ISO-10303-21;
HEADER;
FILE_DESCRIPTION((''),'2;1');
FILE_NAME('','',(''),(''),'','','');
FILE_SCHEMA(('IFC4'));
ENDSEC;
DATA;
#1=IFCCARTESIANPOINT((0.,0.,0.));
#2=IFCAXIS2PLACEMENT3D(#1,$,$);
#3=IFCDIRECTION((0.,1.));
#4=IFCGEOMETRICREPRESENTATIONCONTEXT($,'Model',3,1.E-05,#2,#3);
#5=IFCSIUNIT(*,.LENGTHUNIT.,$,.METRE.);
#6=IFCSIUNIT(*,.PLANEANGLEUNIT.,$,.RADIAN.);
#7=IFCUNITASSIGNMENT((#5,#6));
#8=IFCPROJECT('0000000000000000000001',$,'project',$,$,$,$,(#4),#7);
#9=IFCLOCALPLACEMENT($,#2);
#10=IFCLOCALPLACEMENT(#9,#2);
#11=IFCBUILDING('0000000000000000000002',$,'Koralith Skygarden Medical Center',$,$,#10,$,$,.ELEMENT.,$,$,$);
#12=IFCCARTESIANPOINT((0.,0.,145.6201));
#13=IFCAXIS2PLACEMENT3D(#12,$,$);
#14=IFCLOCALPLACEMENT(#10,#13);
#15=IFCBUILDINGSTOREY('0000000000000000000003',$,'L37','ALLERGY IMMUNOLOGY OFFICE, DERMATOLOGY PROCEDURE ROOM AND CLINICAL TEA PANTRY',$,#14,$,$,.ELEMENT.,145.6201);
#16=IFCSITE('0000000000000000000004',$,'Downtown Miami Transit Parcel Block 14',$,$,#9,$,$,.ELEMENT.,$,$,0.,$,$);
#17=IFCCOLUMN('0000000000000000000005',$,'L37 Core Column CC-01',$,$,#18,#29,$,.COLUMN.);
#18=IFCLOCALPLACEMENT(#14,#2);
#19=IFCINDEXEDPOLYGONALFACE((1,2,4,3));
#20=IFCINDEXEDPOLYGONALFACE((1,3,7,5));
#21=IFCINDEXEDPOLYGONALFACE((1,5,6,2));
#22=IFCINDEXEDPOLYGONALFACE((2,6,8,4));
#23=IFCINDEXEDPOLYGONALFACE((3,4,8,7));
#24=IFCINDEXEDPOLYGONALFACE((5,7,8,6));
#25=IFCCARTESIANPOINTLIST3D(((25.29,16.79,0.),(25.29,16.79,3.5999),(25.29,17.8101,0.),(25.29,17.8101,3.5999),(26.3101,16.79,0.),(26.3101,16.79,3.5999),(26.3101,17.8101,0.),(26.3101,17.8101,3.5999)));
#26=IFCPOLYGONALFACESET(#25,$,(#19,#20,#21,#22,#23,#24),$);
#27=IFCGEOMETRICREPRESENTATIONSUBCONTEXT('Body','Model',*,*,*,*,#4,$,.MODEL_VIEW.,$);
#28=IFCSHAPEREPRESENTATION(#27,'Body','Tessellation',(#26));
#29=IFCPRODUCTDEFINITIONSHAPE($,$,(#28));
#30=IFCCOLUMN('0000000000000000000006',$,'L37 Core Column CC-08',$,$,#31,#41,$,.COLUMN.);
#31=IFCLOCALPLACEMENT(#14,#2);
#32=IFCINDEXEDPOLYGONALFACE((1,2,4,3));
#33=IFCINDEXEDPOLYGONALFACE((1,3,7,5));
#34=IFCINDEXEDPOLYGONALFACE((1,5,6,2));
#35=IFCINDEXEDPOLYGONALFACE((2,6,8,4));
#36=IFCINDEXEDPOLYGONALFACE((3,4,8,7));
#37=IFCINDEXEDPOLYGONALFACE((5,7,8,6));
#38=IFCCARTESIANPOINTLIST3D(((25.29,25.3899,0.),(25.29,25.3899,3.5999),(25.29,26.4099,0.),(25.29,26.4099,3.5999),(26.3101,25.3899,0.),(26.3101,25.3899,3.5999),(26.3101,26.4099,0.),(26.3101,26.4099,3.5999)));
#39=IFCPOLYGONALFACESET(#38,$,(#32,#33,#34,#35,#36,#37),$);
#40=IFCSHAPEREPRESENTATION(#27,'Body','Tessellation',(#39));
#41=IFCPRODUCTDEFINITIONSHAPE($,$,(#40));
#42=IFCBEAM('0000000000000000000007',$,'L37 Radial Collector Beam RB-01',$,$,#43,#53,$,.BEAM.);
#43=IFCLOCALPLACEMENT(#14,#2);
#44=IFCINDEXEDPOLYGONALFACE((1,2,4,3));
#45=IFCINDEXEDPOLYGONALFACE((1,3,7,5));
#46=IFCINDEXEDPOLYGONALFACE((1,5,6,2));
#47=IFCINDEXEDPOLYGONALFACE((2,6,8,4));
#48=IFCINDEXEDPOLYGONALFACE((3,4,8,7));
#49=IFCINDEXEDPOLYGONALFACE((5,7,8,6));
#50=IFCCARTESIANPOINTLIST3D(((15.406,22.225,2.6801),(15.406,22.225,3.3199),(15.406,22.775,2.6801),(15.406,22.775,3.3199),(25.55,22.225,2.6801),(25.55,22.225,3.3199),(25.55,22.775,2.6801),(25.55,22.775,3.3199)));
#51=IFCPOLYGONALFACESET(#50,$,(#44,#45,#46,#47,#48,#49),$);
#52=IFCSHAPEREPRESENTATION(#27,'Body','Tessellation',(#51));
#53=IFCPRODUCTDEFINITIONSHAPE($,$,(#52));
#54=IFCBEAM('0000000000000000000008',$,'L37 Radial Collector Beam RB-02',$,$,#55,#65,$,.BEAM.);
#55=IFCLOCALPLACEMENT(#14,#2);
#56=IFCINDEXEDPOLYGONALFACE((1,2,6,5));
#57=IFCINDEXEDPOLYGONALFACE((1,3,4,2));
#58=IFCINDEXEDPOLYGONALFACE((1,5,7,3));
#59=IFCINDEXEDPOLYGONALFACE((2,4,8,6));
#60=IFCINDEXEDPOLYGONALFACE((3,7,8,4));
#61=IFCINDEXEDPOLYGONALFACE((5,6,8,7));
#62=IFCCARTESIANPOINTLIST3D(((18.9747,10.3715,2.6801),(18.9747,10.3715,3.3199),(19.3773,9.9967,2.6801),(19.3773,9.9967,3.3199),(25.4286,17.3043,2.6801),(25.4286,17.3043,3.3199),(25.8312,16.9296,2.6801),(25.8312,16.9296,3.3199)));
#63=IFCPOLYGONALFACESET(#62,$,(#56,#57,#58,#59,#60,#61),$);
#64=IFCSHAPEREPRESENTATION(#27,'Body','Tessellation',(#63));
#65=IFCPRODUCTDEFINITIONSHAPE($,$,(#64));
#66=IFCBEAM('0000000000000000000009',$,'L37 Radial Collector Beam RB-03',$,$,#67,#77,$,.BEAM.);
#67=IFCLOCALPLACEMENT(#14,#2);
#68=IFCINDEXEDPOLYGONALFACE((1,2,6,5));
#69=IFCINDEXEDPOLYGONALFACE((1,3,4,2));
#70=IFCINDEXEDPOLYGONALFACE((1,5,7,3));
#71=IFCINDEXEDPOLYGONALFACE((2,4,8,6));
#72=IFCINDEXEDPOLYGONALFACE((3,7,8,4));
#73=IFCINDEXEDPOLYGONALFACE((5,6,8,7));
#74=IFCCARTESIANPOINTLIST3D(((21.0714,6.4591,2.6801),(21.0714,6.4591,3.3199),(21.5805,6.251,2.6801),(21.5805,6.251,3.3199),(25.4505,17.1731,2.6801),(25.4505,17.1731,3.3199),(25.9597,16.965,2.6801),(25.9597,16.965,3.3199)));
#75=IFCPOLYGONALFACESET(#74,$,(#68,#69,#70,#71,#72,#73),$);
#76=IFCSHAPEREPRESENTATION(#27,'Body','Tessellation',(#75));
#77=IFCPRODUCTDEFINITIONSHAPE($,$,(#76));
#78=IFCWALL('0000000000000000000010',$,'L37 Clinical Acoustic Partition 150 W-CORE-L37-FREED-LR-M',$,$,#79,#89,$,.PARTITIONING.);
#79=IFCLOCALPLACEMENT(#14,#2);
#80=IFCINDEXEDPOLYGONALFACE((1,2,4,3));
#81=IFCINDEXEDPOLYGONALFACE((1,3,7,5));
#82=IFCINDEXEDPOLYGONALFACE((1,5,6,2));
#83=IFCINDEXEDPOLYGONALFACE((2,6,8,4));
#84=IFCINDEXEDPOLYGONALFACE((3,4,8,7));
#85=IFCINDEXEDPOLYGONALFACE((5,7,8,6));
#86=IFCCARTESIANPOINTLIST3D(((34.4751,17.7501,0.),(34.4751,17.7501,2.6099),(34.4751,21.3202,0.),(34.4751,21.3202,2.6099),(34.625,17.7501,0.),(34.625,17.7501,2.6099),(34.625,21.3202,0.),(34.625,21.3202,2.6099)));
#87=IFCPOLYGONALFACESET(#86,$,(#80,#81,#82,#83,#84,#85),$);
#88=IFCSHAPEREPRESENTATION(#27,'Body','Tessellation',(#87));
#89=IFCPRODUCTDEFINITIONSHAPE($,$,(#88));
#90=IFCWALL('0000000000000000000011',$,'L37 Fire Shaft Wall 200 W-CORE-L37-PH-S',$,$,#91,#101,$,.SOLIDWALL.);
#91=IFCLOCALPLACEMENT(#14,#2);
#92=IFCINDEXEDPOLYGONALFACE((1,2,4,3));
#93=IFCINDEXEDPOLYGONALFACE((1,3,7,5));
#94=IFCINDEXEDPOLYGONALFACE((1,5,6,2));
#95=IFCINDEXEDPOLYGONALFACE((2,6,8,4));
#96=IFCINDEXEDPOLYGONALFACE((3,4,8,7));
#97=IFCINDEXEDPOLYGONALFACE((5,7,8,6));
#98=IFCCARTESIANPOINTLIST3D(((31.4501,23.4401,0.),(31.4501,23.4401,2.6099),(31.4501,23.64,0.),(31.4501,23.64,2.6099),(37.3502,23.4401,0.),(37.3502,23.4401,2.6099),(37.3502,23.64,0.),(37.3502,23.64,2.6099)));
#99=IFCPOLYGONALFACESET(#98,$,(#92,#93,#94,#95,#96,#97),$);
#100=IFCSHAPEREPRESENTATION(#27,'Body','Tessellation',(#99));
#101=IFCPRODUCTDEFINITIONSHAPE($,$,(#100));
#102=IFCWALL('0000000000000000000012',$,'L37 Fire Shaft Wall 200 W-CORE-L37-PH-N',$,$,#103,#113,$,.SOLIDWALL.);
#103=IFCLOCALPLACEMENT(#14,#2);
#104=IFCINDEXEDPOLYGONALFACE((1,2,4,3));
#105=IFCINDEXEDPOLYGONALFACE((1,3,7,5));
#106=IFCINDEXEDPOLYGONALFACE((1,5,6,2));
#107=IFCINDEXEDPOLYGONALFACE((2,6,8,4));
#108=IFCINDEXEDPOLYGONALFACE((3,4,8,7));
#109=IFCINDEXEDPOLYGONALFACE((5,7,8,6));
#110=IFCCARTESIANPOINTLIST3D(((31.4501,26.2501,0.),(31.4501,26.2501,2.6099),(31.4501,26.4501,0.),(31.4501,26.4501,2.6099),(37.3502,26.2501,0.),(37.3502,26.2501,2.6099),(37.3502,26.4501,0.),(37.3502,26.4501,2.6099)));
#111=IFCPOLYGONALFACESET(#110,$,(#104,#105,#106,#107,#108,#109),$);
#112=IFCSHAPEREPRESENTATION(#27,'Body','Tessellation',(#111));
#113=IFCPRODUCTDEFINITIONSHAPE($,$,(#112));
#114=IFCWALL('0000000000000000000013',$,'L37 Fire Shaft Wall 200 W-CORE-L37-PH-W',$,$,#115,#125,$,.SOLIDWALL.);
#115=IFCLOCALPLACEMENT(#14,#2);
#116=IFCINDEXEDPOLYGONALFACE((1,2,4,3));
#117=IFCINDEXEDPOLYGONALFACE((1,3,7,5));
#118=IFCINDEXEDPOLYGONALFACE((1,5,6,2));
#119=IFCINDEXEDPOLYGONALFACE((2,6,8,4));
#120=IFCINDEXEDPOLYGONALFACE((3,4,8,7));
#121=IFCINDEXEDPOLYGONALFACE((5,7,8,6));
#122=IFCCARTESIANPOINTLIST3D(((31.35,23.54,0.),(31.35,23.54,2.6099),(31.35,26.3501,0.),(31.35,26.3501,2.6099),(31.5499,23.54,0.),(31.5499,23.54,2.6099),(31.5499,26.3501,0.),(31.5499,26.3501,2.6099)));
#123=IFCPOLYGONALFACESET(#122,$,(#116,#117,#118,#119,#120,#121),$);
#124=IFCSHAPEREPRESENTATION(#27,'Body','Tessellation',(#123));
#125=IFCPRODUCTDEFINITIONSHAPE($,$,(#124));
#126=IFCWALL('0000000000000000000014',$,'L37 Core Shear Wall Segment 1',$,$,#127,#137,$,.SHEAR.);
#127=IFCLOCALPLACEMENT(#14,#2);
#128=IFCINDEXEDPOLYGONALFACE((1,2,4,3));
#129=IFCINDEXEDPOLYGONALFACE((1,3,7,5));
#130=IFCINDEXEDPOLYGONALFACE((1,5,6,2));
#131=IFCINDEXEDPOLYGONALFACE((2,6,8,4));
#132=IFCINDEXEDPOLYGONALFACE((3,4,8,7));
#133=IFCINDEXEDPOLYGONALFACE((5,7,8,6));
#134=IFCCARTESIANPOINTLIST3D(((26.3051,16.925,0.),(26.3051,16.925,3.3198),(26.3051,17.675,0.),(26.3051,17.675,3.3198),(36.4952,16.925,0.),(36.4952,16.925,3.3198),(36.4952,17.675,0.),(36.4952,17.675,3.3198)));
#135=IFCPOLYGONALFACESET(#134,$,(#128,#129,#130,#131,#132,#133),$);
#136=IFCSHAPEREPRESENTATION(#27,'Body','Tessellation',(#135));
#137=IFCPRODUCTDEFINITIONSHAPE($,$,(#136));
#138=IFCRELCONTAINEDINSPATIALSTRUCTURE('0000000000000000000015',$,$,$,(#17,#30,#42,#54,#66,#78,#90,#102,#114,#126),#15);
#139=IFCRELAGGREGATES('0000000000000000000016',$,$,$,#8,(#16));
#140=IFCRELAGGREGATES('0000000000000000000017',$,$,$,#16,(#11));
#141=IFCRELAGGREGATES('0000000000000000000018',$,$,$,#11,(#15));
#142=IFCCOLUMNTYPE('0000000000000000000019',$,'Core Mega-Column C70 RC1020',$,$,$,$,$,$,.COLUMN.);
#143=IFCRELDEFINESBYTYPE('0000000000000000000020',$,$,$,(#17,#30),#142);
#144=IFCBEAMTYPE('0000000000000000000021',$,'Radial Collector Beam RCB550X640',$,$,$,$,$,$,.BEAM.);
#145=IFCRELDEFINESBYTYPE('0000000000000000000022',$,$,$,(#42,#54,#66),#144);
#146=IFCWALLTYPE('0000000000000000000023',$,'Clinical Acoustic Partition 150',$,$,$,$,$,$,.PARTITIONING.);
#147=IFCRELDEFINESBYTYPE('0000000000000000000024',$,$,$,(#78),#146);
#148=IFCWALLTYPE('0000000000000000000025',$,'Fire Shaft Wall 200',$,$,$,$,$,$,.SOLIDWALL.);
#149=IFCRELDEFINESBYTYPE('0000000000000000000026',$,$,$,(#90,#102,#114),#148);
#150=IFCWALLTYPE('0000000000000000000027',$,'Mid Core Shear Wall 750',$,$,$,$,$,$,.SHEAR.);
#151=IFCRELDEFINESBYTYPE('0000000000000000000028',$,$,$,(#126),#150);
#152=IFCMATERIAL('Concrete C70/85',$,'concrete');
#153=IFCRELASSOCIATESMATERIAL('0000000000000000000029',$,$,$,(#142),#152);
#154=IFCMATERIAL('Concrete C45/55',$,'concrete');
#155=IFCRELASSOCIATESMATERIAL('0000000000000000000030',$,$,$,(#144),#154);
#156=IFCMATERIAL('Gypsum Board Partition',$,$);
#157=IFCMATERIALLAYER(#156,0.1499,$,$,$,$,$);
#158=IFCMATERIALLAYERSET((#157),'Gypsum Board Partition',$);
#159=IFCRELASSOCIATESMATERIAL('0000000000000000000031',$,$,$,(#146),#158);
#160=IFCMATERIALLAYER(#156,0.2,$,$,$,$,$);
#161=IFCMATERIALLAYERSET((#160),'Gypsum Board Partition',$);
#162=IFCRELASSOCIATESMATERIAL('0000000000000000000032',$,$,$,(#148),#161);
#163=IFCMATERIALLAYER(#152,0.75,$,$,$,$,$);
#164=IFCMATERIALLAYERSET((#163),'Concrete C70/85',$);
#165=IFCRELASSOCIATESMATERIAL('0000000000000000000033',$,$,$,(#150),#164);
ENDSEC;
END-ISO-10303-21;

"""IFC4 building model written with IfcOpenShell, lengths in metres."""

from ifc_helpers import new_model, si_unit, direction, frame, frame_2d, origin, origin_2d, place, context, subcontext, project, spatial, rectangle, extrude, material, layer, layer_set, material_profile, profile_set, type_object, element, save


model = new_model("IFC4")

# Units and contexts
model_context = context("Model", 3, precision=1e-05, world=origin(), true_north=direction((0.0, 1.0)))
body_context = subcontext(model_context, "Body", "Model", "MODEL_VIEW")
ifc_project = project(units=[si_unit("LENGTHUNIT", "METRE"), si_unit("PLANEANGLEUNIT", "RADIAN")], contexts=[model_context])

# Site, building, storey
site_placement = place(None, origin())
site = spatial("IfcSite", under=ifc_project, at=site_placement, Name="Downtown Miami Transit Parcel Block 14", CompositionType="ELEMENT", RefElevation=0.0)
building_placement = place(site_placement, origin())
building = spatial("IfcBuilding", under=site, at=building_placement, Name="Koralith Skygarden Medical Center", CompositionType="ELEMENT")
storey_placement = place(building_placement, frame((0.0, 0.0, 145.6201)))
storey = spatial("IfcBuildingStorey", under=building, at=storey_placement, Name="L37", Description="ALLERGY IMMUNOLOGY OFFICE, DERMATOLOGY PROCEDURE ROOM AND CLINICAL TEA PANTRY", CompositionType="ELEMENT", Elevation=145.6201)

# Columns
ifc_material_1 = material(Name="Concrete C70/85", Category="concrete")
ifc_material_profile_1 = material_profile(ifc_material_1, rectangle(XDim=1.02, YDim=1.02, at=origin_2d()), Name="RC1020X1020")
ifc_profile_set_1 = profile_set([ifc_material_profile_1], Name="Concrete C70/85")
column_type = type_object("IfcColumnType", Name="Core Mega-Column C70 RC1020", PredefinedType="COLUMN", material=ifc_profile_set_1)
for number, where, z_axis, x_axis, name in (
    (1, (25.8, 17.3, 0.0), (0.0, 0.0, 1.0), (1.0, 0.0, 0.0), "L37 Core Column CC-01"),
    (2, (25.8, 25.8999, 0.0), (0.0, 0.0, 1.0), (1.0, 0.0, 0.0), "L37 Core Column CC-08"),
):
    element("IfcColumn", number, at=place(storey_placement, frame(where, z_axis=z_axis, x_axis=x_axis)), inside=storey, type_object=column_type, Name=name, PredefinedType="COLUMN", context=body_context, shape_type="SweptSolid", body=[
        extrude(rectangle(XDim=1.02, YDim=1.02, at=origin_2d()), origin(), (0.0, 0.0, 1.0), 3.5999),
    ])

# Beams
ifc_material_2 = material(Name="Concrete C45/55", Category="concrete")
ifc_material_profile_2 = material_profile(ifc_material_2, rectangle(XDim=0.55, YDim=0.6399, at=origin_2d()), Name="RCB550X640")
ifc_profile_set_2 = profile_set([ifc_material_profile_2], Name="Concrete C45/55")
beam_type = type_object("IfcBeamType", Name="Radial Collector Beam RCB550X640", PredefinedType="BEAM", material=ifc_profile_set_2)
beam_1_placement = place(storey_placement, frame((25.55, 22.5, 3.0), z_axis=(-1.0, 0.0, 0.0), x_axis=(0.0, -1.0, 0.0)))
element("IfcBeam", 3, at=beam_1_placement, inside=storey, type_object=beam_type, Name="L37 Radial Collector Beam RB-01", PredefinedType="BEAM", context=body_context, shape_type="SweptSolid", body=[
    extrude(rectangle(XDim=0.55, YDim=0.6399, at=origin_2d()), origin(), (0.0, 0.0, 1.0), 10.144),
])
beam_2_placement = place(storey_placement, frame((25.6299, 17.1169, 3.0), z_axis=(-0.681369, -0.73194, 0.0), x_axis=(0.73194, -0.681369, 0.0)))
element("IfcBeam", 4, at=beam_2_placement, inside=storey, type_object=beam_type, Name="L37 Radial Collector Beam RB-02", PredefinedType="BEAM", context=body_context, shape_type="SweptSolid", body=[
    extrude(rectangle(XDim=0.55, YDim=0.6399, at=origin_2d()), origin(), (0.0, 0.0, 1.0), 9.4719),
])
beam_3_placement = place(storey_placement, frame((25.7051, 17.0691, 3.0), z_axis=(-0.378345, -0.925665, 0.0), x_axis=(0.925665, -0.378345, 0.0)))
element("IfcBeam", 5, at=beam_3_placement, inside=storey, type_object=beam_type, Name="L37 Radial Collector Beam RB-03", PredefinedType="BEAM", context=body_context, shape_type="SweptSolid", body=[
    extrude(rectangle(XDim=0.55, YDim=0.6399, at=origin_2d()), origin(), (0.0, 0.0, 1.0), 11.5745),
])

# Shared definitions
ifc_material_3 = material(Name="Gypsum Board Partition")
ifc_layer_1 = layer(ifc_material_3, 0.1499)
ifc_layer_set_1 = layer_set([ifc_layer_1], Name="Gypsum Board Partition")
wall_type_1 = type_object("IfcWallType", Name="Clinical Acoustic Partition 150", PredefinedType="PARTITIONING", material=ifc_layer_set_1)

# Wall
wall_1_placement = place(storey_placement, frame((34.55, 17.75, 0.0), z_axis=(0.0, 0.0, 1.0), x_axis=(0.0, 1.0, 0.0)))
element("IfcWall", 6, at=wall_1_placement, inside=storey, type_object=wall_type_1, Name="L37 Clinical Acoustic Partition 150 W-CORE-L37-FREED-LR-M", PredefinedType="PARTITIONING", context=body_context, shape_type="SweptSolid", body=[
    extrude(rectangle(XDim=3.5701, YDim=0.1499, at=frame_2d((1.7852, 0.0))), origin(), (0.0, 0.0, 1.0), 2.6099),
])

# Shared definitions
ifc_layer_2 = layer(ifc_material_3, 0.2)
ifc_layer_set_2 = layer_set([ifc_layer_2], Name="Gypsum Board Partition")
wall_type_2 = type_object("IfcWallType", Name="Fire Shaft Wall 200", PredefinedType="SOLIDWALL", material=ifc_layer_set_2)

# Walls
for number, where, z_axis, x_axis, name in (
    (7, (31.45, 23.54, 0.0), (0.0, 0.0, 1.0), (1.0, 0.0, 0.0), "L37 Fire Shaft Wall 200 W-CORE-L37-PH-S"),
    (8, (31.45, 26.3501, 0.0), (0.0, 0.0, 1.0), (1.0, 0.0, 0.0), "L37 Fire Shaft Wall 200 W-CORE-L37-PH-N"),
):
    element("IfcWall", number, at=place(storey_placement, frame(where, z_axis=z_axis, x_axis=x_axis)), inside=storey, type_object=wall_type_2, Name=name, PredefinedType="SOLIDWALL", context=body_context, shape_type="SweptSolid", body=[
        extrude(rectangle(XDim=5.9001, YDim=0.2, at=frame_2d((2.9502, 0.0))), origin(), (0.0, 0.0, 1.0), 2.6099),
    ])
wall_2_placement = place(storey_placement, frame((31.45, 23.54, 0.0), z_axis=(0.0, 0.0, 1.0), x_axis=(0.0, 1.0, 0.0)))
element("IfcWall", 9, at=wall_2_placement, inside=storey, type_object=wall_type_2, Name="L37 Fire Shaft Wall 200 W-CORE-L37-PH-W", PredefinedType="SOLIDWALL", context=body_context, shape_type="SweptSolid", body=[
    extrude(rectangle(XDim=2.8101, YDim=0.2, at=frame_2d((1.405, 0.0))), origin(), (0.0, 0.0, 1.0), 2.6099),
])
ifc_layer_3 = layer(ifc_material_1, 0.75)
ifc_layer_set_3 = layer_set([ifc_layer_3], Name="Concrete C70/85")
wall_type_3 = type_object("IfcWallType", Name="Mid Core Shear Wall 750", PredefinedType="SHEAR", material=ifc_layer_set_3)
wall_3_placement = place(storey_placement, frame((26.3049, 17.3, 0.0), z_axis=(0.0, 0.0, 1.0), x_axis=(1.0, 0.0, 0.0)))
element("IfcWall", 10, at=wall_3_placement, inside=storey, type_object=wall_type_3, Name="L37 Core Shear Wall Segment 1", PredefinedType="SHEAR", context=body_context, shape_type="SweptSolid", body=[
    extrude(rectangle(XDim=10.1902, YDim=0.75, at=frame_2d((5.0952, 0.0))), origin(), (0.0, 0.0, 1.0), 3.3198),
])

save(model, "model.ifc")
